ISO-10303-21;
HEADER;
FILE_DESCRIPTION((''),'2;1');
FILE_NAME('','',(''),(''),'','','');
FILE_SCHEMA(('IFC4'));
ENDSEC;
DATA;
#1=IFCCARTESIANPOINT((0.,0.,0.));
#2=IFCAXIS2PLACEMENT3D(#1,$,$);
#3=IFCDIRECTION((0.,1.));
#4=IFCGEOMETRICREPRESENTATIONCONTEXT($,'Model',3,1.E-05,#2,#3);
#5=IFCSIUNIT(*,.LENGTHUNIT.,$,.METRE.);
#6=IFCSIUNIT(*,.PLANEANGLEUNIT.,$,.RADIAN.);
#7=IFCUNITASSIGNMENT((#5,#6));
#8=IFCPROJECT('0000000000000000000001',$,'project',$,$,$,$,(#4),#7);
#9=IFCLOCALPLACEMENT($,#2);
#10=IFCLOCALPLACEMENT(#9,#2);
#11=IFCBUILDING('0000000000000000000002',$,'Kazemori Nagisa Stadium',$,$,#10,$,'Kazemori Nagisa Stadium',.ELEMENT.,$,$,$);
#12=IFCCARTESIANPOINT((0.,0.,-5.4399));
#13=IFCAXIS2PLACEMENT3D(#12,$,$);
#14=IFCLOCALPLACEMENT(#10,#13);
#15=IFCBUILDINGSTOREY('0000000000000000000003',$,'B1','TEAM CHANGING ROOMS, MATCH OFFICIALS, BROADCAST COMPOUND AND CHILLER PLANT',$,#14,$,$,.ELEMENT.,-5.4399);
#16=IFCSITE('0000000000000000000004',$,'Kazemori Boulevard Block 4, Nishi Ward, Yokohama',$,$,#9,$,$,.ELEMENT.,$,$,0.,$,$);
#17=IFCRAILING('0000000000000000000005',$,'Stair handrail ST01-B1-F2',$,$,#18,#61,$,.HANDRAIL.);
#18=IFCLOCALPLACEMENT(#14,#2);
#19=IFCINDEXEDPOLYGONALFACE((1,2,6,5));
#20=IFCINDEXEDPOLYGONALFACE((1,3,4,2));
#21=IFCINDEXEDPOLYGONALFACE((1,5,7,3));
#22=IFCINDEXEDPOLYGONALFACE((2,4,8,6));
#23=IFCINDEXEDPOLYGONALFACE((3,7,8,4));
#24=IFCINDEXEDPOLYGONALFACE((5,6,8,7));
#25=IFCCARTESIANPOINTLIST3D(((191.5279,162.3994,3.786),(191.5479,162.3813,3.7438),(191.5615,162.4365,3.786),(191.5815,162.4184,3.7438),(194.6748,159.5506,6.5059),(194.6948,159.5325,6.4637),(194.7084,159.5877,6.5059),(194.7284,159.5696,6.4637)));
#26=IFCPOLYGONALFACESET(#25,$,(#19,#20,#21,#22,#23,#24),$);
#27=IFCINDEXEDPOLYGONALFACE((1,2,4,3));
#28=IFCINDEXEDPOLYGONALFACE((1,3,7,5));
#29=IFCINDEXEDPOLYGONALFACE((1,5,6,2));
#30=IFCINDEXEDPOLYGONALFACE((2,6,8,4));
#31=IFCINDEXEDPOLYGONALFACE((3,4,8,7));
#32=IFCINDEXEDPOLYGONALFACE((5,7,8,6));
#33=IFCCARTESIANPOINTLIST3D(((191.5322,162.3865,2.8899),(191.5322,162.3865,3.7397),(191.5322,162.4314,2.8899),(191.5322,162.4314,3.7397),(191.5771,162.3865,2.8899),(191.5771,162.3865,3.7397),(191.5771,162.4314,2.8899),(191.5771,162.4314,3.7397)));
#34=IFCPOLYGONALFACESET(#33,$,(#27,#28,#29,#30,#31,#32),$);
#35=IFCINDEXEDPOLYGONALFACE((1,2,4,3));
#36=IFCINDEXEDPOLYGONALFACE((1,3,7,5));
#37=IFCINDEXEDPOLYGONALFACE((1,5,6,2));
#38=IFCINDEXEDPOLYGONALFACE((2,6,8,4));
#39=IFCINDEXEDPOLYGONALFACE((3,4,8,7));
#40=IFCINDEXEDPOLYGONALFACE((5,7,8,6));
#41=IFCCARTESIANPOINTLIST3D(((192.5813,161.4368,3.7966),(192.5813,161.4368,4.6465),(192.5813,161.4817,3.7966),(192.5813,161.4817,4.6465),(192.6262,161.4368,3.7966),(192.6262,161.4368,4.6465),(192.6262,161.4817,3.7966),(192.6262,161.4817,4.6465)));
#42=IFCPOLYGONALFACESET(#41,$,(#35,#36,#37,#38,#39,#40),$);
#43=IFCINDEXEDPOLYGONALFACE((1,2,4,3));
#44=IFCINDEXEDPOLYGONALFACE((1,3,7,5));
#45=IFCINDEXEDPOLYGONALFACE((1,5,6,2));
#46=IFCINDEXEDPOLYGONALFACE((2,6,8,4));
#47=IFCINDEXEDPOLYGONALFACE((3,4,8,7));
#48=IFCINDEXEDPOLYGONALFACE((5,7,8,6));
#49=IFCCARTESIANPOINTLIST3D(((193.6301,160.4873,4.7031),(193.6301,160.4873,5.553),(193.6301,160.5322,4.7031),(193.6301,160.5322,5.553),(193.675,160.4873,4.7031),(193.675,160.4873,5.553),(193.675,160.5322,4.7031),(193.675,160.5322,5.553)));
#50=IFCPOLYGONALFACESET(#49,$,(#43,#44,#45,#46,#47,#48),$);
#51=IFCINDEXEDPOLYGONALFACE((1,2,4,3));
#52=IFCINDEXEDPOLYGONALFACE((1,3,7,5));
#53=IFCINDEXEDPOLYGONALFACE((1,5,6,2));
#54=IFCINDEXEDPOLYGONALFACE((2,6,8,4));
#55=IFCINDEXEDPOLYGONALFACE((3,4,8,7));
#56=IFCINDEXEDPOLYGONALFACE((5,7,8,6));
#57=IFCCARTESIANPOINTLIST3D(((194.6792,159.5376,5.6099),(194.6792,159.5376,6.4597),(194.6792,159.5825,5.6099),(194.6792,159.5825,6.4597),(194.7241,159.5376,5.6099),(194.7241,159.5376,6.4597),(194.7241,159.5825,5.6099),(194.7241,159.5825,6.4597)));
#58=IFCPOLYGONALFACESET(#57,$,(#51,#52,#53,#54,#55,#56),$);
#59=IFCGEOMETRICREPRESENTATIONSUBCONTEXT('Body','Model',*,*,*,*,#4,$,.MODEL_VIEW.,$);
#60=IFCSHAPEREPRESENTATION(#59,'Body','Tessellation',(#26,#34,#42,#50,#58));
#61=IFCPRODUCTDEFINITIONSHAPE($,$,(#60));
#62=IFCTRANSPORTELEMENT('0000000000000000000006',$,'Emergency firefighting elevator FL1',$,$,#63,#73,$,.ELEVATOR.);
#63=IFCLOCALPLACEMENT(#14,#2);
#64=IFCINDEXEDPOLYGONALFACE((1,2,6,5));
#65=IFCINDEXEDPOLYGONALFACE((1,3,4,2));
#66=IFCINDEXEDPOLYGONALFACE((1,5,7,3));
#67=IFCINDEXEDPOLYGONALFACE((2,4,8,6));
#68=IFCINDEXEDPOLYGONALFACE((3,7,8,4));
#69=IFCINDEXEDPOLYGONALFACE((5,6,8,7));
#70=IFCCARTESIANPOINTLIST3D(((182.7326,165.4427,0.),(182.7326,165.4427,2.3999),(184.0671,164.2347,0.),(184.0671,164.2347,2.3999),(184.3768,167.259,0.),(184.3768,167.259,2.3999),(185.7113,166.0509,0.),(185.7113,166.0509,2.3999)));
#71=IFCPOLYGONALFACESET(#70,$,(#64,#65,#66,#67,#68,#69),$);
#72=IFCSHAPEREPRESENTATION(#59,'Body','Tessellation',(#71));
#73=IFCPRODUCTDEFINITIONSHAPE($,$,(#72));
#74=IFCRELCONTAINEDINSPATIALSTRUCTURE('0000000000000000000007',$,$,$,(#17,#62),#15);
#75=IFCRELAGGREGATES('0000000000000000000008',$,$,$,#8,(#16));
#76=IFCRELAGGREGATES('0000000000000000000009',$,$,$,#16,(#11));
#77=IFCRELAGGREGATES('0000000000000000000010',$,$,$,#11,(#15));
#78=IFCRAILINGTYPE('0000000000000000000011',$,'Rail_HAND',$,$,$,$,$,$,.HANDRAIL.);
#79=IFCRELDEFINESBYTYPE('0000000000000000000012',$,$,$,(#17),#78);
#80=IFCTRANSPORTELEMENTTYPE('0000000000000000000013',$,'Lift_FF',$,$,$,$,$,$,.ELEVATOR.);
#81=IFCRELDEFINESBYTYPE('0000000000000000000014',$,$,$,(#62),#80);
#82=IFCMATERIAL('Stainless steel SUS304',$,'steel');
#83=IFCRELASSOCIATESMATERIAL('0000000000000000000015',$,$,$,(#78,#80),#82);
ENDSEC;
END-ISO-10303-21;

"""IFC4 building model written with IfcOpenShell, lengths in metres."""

from ifc_helpers import new_model, si_unit, direction, frame, origin, origin_2d, place, context, subcontext, project, spatial, rectangle, extrude, material, type_object, element, save


model = new_model("IFC4")

# Units and contexts
model_context = context("Model", 3, precision=1e-05, world=origin(), true_north=direction((0.0, 1.0)))
body_context = subcontext(model_context, "Body", "Model", "MODEL_VIEW")
ifc_project = project(units=[si_unit("LENGTHUNIT", "METRE"), si_unit("PLANEANGLEUNIT", "RADIAN")], contexts=[model_context])

# Site, building, storey
site_placement = place(None, origin())
site = spatial("IfcSite", under=ifc_project, at=site_placement, Name="Kazemori Boulevard Block 4, Nishi Ward, Yokohama", CompositionType="ELEMENT", RefElevation=0.0)
building_placement = place(site_placement, origin())
building = spatial("IfcBuilding", under=site, at=building_placement, Name="Kazemori Nagisa Stadium", LongName="Kazemori Nagisa Stadium", CompositionType="ELEMENT")
storey_placement = place(building_placement, frame((0.0, 0.0, -5.4399)))
storey = spatial("IfcBuildingStorey", under=building, at=storey_placement, Name="B1", Description="TEAM CHANGING ROOMS, MATCH OFFICIALS, BROADCAST COMPOUND AND CHILLER PLANT", CompositionType="ELEMENT", Elevation=-5.4399)

# Shared definitions
ifc_material_1 = material(Name="Stainless steel SUS304", Category="steel")

# Railing
railing_type_1 = type_object("IfcRailingType", Name="Rail_HAND", PredefinedType="HANDRAIL", material=ifc_material_1)
railing_1_placement = place(storey_placement, frame((191.5547, 162.4089, 2.8899)))
element("IfcRailing", 1, at=railing_1_placement, inside=storey, type_object=railing_type_1, Name="Stair handrail ST01-B1-F2", PredefinedType="HANDRAIL", context=body_context, shape_type="SweptSolid", body=[
    extrude(rectangle(XDim=0.05, YDim=0.05, at=origin_2d()), frame((0.0, 0.0, 0.875), z_axis=(0.624201, -0.565073, 0.539505), x_axis=(0.671123, 0.741346, 0.0)), (0.0, 0.0, 1.0), 5.0415),
    extrude(rectangle(XDim=0.0449, YDim=0.0449, at=origin_2d()), origin(), (0.0, 0.0, 1.0), 0.8499),
    extrude(rectangle(XDim=0.0449, YDim=0.0449, at=origin_2d()), frame((1.0491, -0.9497, 0.9067)), (0.0, 0.0, 1.0), 0.8499),
    extrude(rectangle(XDim=0.0449, YDim=0.0449, at=origin_2d()), frame((2.0979, -1.8992, 1.8132)), (0.0, 0.0, 1.0), 0.8499),
    extrude(rectangle(XDim=0.0449, YDim=0.0449, at=origin_2d()), frame((3.147, -2.8489, 2.72)), (0.0, 0.0, 1.0), 0.8499),
])

# Transport element
transport_element_type = type_object("IfcTransportElementType", Name="Lift_FF", PredefinedType="ELEVATOR", material=ifc_material_1)
transport_element_placement = place(storey_placement, frame((184.2219, 165.7468, 0.0), z_axis=(0.0, 0.0, 1.0), x_axis=(-0.741351, 0.671118, 0.0)))
element("IfcTransportElement", 2, at=transport_element_placement, inside=storey, type_object=transport_element_type, Name="Emergency firefighting elevator FL1", PredefinedType="ELEVATOR", context=body_context, shape_type="SweptSolid", body=[
    extrude(rectangle(XDim=1.8, YDim=2.45, at=origin_2d()), origin(), (0.0, 0.0, 1.0), 2.3999),
])

save(model, "model.ifc")
